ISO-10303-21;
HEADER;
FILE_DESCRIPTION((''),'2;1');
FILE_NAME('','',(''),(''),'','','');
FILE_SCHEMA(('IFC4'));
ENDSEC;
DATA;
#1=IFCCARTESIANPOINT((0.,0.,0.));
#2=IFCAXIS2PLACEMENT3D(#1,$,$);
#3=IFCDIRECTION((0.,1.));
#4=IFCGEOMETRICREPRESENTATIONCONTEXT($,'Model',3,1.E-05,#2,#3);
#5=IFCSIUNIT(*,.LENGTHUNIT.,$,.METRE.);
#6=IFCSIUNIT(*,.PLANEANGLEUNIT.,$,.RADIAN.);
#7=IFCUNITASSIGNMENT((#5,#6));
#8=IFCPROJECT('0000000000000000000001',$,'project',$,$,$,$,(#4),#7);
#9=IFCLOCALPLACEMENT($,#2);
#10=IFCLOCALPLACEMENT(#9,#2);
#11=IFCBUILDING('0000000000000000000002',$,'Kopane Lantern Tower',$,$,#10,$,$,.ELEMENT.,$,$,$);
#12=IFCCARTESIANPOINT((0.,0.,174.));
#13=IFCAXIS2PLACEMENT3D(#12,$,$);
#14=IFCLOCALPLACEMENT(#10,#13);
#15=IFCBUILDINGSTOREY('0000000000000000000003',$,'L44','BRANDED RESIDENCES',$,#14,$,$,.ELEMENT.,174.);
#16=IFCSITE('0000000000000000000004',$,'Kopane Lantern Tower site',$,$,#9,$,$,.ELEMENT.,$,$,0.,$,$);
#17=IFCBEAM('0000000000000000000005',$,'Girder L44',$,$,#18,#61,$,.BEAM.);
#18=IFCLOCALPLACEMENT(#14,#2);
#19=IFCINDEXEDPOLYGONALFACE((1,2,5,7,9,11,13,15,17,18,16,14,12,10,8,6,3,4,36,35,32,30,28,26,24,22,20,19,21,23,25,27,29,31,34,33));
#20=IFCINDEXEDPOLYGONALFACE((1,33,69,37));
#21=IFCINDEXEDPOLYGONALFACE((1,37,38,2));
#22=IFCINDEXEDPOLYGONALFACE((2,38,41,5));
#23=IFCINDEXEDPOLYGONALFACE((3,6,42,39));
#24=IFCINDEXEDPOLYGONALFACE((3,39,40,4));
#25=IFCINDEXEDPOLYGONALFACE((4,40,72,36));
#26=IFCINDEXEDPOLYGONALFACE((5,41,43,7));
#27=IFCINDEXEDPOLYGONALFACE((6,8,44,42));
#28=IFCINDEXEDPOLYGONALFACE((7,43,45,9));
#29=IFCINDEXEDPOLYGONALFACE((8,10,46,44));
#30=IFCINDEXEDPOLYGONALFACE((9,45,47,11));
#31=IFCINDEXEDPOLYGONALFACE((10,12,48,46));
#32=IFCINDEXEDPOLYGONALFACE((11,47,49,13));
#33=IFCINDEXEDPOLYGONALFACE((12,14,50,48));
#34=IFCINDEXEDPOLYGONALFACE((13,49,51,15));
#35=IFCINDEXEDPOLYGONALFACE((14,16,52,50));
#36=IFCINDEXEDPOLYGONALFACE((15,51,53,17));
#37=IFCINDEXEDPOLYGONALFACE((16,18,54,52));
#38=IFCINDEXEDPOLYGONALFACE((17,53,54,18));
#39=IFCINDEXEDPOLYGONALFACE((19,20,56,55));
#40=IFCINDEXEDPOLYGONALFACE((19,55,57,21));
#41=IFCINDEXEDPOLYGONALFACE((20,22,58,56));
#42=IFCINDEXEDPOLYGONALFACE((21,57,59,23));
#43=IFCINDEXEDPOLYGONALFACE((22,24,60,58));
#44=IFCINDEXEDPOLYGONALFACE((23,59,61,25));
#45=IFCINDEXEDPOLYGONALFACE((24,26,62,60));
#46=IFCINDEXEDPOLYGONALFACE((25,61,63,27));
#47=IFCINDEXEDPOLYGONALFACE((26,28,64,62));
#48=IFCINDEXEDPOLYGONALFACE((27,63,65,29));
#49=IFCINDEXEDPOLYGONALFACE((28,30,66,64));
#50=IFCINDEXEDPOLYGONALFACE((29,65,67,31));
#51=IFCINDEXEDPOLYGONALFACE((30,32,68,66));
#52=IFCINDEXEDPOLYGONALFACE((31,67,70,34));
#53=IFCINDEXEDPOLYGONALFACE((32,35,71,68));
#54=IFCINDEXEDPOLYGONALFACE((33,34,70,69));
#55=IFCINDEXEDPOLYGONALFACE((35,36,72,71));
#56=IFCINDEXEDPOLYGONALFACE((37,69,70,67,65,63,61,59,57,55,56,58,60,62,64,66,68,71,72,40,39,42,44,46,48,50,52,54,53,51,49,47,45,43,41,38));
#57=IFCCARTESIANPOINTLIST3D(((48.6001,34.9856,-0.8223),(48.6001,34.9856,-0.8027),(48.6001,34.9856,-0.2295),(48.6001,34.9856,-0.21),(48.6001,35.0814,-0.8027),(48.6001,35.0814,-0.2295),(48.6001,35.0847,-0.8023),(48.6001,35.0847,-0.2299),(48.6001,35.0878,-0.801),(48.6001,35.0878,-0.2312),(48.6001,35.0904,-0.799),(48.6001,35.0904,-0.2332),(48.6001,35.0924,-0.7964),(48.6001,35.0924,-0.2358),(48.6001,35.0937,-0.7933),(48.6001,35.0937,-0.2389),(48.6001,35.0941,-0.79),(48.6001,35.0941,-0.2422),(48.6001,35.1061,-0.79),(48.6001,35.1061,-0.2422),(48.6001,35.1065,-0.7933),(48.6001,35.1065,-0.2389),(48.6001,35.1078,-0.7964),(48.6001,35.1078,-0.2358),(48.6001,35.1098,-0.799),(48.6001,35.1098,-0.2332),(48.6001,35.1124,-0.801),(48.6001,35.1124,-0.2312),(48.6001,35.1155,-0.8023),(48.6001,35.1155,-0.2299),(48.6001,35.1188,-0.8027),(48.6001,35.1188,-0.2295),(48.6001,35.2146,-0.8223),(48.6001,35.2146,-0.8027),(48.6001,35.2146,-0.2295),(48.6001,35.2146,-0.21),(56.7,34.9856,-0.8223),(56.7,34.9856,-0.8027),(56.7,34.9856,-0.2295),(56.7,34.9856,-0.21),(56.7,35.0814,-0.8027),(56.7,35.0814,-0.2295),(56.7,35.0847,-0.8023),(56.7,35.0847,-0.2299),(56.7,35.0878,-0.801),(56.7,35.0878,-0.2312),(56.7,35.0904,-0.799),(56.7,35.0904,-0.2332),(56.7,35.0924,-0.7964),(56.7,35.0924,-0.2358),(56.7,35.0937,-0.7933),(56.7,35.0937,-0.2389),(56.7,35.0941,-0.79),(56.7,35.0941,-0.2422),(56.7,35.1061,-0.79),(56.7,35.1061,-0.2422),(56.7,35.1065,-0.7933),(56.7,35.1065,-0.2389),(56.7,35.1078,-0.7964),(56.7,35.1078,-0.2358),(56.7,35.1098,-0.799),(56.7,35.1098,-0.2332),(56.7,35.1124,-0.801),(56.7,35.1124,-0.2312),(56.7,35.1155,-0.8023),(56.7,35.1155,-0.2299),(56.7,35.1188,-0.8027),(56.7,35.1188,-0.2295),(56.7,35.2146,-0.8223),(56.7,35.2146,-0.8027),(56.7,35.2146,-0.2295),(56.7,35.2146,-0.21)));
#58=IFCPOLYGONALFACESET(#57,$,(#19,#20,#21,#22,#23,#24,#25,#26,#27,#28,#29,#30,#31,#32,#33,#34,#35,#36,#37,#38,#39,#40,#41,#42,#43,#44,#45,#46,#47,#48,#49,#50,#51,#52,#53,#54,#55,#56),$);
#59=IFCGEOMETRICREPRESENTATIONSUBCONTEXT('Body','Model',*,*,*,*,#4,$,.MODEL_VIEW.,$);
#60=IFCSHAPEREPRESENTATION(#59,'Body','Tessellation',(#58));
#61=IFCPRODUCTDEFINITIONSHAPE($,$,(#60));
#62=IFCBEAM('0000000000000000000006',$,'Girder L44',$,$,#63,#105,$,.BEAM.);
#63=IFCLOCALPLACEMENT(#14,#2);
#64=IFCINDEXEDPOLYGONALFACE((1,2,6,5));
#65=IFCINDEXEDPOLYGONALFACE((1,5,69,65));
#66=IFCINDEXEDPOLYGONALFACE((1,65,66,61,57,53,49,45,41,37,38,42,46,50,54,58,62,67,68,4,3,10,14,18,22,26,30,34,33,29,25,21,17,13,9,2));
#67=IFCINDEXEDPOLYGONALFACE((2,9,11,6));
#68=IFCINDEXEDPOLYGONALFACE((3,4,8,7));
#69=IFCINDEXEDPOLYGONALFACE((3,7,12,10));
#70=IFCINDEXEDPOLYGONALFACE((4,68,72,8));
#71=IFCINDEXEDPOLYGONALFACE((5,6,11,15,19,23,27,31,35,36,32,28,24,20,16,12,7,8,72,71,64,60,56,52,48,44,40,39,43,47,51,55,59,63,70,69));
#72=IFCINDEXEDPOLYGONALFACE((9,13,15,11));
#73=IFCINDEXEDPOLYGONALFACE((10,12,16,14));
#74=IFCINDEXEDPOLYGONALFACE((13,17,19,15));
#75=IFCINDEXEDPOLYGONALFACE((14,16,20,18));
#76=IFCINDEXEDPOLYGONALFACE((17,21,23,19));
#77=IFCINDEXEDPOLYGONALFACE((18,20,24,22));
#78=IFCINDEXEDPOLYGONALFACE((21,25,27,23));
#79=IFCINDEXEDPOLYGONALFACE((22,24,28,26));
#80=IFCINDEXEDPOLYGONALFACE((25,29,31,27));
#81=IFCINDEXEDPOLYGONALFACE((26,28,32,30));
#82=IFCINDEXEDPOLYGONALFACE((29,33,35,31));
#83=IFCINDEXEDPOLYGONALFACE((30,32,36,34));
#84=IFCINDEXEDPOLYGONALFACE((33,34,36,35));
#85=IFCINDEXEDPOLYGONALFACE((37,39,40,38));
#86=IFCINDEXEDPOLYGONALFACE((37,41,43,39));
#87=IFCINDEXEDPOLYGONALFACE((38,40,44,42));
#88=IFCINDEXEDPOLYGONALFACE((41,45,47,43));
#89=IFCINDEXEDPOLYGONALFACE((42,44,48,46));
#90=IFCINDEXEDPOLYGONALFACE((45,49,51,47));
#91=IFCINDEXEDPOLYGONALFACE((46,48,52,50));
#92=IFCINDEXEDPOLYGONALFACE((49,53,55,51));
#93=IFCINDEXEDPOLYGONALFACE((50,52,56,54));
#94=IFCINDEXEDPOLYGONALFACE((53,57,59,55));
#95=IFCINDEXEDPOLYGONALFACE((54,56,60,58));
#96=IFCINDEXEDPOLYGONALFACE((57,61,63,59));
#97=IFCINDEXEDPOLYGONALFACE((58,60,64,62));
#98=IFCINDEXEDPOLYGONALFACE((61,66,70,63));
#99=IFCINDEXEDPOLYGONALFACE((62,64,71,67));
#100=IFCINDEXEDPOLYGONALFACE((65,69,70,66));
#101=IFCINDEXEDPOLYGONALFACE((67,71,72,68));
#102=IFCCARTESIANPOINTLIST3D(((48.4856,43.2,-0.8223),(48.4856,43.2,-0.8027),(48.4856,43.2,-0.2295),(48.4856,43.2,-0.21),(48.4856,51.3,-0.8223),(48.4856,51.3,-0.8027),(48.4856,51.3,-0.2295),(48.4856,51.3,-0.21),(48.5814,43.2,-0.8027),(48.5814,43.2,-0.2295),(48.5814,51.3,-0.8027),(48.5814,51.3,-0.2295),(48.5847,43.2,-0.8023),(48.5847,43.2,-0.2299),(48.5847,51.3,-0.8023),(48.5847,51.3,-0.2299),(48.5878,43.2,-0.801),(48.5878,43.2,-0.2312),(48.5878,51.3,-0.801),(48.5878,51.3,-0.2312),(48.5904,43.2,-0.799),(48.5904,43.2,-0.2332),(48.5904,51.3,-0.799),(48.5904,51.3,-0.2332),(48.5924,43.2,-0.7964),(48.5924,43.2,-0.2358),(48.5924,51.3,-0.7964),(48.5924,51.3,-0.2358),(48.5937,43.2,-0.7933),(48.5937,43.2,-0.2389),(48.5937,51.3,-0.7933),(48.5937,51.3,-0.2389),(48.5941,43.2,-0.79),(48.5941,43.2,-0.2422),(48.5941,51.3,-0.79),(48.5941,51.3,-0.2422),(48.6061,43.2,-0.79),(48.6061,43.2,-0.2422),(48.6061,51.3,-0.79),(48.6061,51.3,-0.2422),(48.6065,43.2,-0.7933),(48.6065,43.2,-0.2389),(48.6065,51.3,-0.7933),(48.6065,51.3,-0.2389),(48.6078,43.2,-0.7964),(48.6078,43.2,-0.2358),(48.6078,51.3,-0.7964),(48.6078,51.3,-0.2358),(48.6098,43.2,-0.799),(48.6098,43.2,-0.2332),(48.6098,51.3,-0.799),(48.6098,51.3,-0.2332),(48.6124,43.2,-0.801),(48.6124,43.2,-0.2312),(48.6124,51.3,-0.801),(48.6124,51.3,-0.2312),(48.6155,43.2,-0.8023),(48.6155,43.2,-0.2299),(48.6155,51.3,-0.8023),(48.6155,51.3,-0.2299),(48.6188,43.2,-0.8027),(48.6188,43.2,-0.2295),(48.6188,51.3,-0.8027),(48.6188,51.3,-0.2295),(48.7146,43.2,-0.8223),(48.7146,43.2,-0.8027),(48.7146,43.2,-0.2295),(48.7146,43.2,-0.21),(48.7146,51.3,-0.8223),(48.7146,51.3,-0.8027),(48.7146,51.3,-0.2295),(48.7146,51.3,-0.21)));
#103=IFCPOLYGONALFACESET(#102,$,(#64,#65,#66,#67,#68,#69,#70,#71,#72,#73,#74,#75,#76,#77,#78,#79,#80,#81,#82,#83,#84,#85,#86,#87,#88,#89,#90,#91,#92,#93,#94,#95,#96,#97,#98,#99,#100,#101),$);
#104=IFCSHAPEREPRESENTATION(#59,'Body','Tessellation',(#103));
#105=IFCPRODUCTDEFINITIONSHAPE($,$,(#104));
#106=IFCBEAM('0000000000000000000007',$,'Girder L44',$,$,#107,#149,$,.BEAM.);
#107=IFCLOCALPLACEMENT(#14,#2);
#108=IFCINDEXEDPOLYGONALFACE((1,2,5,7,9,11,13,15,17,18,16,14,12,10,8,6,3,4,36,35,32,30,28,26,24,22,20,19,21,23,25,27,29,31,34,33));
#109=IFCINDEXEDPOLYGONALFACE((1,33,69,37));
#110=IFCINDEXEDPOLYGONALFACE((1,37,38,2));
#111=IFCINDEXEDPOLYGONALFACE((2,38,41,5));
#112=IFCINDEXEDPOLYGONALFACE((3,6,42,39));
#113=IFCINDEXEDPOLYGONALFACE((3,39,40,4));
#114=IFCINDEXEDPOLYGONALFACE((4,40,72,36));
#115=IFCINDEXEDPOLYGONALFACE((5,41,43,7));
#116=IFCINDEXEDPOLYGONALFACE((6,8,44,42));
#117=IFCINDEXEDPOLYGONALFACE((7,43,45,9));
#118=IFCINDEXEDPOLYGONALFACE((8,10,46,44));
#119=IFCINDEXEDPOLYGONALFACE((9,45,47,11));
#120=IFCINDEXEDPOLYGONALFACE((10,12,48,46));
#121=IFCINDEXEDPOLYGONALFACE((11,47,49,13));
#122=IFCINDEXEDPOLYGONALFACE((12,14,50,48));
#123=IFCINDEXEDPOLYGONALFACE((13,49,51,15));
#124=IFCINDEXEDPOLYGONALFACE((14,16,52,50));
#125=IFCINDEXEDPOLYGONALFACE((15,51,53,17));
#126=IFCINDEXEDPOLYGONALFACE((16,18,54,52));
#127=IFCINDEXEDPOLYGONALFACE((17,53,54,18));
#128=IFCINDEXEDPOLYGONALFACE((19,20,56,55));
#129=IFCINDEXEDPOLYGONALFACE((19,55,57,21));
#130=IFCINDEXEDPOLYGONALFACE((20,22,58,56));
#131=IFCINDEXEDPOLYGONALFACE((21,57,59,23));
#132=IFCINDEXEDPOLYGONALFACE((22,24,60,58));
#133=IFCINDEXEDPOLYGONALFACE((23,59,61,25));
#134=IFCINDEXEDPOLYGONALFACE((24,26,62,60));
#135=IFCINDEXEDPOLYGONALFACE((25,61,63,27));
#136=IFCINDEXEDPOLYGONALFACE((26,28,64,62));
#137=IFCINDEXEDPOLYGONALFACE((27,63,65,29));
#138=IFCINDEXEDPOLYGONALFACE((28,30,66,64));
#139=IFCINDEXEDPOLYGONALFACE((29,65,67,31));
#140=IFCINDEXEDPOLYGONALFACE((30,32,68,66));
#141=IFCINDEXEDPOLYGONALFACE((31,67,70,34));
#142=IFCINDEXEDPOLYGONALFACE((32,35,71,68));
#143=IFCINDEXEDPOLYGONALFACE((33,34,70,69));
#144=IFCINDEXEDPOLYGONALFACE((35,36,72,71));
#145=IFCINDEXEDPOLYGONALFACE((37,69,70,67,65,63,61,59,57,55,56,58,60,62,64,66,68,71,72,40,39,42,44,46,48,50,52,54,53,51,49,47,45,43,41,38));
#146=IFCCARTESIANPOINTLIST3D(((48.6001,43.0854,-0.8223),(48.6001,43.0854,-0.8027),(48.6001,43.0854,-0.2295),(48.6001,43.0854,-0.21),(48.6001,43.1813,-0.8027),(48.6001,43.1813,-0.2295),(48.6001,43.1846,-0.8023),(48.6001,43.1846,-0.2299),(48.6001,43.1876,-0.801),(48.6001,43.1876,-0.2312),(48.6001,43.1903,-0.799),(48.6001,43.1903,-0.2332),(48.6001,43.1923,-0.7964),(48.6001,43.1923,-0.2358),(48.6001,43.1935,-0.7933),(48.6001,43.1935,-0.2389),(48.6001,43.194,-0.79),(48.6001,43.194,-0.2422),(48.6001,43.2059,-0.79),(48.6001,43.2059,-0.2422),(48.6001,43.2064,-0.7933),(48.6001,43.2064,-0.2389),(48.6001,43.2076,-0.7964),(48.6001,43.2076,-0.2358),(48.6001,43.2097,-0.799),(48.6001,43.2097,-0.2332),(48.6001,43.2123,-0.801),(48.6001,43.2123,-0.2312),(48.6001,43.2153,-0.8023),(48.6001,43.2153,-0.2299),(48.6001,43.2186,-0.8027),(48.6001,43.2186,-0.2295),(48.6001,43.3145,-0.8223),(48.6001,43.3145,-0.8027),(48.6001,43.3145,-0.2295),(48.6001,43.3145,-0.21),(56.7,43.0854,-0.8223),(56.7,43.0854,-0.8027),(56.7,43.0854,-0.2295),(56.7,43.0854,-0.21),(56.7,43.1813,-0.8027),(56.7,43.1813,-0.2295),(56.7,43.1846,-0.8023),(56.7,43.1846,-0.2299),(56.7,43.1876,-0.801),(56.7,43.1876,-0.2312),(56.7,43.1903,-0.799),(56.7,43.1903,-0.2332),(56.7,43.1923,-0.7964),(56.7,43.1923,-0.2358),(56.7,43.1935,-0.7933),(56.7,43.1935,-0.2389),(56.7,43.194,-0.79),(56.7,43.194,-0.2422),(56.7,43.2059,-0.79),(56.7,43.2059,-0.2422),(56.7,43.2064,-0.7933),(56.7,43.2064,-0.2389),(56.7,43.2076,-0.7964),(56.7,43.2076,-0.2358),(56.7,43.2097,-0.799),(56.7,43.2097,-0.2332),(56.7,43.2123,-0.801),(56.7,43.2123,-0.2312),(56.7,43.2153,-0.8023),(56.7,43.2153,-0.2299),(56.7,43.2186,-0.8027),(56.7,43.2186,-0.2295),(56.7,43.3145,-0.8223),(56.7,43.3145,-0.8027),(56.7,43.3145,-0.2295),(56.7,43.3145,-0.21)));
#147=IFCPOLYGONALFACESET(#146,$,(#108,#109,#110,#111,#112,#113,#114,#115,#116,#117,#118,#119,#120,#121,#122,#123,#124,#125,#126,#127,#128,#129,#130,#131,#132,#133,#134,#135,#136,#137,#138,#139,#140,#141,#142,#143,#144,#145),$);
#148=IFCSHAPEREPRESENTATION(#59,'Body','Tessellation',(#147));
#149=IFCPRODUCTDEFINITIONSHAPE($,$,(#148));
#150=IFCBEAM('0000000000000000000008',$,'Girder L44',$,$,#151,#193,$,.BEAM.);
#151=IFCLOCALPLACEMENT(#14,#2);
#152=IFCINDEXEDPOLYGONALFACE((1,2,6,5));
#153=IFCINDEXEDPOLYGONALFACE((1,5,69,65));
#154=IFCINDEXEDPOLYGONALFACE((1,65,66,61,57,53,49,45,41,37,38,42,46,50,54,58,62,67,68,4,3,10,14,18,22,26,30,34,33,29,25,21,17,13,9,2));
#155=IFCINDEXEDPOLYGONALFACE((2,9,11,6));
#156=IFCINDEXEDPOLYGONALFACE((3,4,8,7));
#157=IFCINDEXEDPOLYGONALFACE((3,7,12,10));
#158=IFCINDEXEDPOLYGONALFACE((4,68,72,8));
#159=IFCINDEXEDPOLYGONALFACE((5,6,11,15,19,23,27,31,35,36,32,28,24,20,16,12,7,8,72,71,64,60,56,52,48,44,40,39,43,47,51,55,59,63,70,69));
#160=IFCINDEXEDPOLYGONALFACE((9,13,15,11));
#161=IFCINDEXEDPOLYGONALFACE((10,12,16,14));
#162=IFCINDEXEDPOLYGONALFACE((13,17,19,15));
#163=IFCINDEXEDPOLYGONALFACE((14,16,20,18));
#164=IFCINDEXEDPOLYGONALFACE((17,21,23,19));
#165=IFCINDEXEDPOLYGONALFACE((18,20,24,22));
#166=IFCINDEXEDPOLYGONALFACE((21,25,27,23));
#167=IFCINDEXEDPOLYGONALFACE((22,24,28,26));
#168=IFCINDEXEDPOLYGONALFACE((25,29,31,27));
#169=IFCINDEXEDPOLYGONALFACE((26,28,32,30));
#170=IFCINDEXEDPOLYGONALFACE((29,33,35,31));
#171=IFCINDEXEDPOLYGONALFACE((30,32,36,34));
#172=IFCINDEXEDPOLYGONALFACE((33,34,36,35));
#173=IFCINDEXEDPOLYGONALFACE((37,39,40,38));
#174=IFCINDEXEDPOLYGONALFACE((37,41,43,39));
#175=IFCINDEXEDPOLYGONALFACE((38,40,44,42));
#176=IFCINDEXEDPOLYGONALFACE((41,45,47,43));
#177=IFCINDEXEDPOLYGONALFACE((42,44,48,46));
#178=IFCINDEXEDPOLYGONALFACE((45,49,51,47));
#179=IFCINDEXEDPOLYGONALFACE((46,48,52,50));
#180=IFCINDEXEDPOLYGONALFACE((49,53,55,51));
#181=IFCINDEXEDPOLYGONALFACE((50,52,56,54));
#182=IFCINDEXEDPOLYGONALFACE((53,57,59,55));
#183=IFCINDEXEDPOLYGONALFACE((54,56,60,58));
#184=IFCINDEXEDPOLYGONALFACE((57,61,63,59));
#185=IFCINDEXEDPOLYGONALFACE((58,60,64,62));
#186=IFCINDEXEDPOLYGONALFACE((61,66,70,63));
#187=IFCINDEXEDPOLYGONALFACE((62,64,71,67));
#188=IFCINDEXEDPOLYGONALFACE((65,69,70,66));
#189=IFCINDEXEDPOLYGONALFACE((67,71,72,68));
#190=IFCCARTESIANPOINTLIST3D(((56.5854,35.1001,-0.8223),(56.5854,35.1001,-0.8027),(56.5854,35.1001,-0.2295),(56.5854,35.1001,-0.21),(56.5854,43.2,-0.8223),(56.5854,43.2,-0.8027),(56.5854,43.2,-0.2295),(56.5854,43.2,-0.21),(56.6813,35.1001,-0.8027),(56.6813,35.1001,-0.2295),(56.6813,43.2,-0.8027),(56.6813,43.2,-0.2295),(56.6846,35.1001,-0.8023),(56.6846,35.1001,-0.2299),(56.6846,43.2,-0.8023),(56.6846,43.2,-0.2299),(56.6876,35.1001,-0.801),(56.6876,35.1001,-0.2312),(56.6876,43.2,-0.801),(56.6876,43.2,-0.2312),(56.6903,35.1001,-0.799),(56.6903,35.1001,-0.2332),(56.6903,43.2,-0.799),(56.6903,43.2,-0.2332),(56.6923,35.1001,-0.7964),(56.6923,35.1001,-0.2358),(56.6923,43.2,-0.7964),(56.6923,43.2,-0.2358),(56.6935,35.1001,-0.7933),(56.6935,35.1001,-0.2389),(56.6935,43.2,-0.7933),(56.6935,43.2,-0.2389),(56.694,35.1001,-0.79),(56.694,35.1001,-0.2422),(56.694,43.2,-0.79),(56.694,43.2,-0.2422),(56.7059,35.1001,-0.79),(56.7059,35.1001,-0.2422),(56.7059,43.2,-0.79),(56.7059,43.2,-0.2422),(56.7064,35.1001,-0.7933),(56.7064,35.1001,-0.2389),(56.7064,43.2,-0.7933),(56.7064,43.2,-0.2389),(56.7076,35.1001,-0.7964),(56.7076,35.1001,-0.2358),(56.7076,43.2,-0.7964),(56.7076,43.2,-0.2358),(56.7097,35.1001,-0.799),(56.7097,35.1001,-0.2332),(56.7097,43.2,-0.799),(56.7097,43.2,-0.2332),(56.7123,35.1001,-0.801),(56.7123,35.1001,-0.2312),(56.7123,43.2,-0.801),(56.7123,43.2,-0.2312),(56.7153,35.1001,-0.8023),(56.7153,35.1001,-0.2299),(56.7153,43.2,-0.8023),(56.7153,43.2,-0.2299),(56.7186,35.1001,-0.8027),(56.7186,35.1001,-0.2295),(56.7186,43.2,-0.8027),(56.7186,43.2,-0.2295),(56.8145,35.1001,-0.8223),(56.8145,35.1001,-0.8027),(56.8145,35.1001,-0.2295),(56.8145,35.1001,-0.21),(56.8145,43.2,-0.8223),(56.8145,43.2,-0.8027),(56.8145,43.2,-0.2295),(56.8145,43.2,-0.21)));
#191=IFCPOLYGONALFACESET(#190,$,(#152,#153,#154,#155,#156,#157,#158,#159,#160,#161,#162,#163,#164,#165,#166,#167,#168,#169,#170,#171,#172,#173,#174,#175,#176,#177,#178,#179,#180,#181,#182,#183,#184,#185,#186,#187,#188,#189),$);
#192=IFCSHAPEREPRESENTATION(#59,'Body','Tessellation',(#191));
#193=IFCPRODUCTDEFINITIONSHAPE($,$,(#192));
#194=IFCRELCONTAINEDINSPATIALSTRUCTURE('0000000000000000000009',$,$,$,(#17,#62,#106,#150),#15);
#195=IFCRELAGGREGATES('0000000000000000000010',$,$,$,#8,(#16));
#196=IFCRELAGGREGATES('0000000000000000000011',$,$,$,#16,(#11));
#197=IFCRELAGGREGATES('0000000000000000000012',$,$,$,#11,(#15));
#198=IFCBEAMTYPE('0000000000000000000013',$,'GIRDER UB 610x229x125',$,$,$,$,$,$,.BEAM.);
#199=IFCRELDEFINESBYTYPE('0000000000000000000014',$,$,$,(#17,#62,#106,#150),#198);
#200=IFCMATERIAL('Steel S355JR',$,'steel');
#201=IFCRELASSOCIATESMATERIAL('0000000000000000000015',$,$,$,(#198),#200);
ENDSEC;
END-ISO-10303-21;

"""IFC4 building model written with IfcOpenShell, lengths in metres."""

from ifc_helpers import new_model, si_unit, direction, frame, origin, origin_2d, place, context, subcontext, project, spatial, i_section, extrude, material, material_profile, profile_set, type_object, element, save


model = new_model("IFC4")

# Units and contexts
model_context = context("Model", 3, precision=1e-05, world=origin(), true_north=direction((0.0, 1.0)))
body_context = subcontext(model_context, "Body", "Model", "MODEL_VIEW")
ifc_project = project(units=[si_unit("LENGTHUNIT", "METRE"), si_unit("PLANEANGLEUNIT", "RADIAN")], contexts=[model_context])

# Site, building, storey
site_placement = place(None, origin())
site = spatial("IfcSite", under=ifc_project, at=site_placement, Name="Kopane Lantern Tower site", CompositionType="ELEMENT", RefElevation=0.0)
building_placement = place(site_placement, origin())
building = spatial("IfcBuilding", under=site, at=building_placement, Name="Kopane Lantern Tower", CompositionType="ELEMENT")
storey_placement = place(building_placement, frame((0.0, 0.0, 174.0)))
storey = spatial("IfcBuildingStorey", under=building, at=storey_placement, Name="L44", Description="BRANDED RESIDENCES", CompositionType="ELEMENT", Elevation=174.0)

# Beams
ifc_material_1 = material(Name="Steel S355JR", Category="steel")
ifc_material_profile_1 = material_profile(ifc_material_1, i_section(OverallWidth=0.229, OverallDepth=0.6123, WebThickness=0.012, FlangeThickness=0.0195, FilletRadius=0.0127, at=origin_2d()), Name="UB 610x229x125")
ifc_profile_set_1 = profile_set([ifc_material_profile_1], Name="Steel S355JR")
beam_type = type_object("IfcBeamType", Name="GIRDER UB 610x229x125", PredefinedType="BEAM", material=ifc_profile_set_1)
for number, where, z_axis, x_axis, name in (
    (1, (48.6001, 35.1001, -0.5161), (1.0, 0.0, 0.0), (0.0, 1.0, 0.0), "Girder L44"),
):
    element("IfcBeam", number, at=place(storey_placement, frame(where, z_axis=z_axis, x_axis=x_axis)), inside=storey, type_object=beam_type, Name=name, PredefinedType="BEAM", context=body_context, shape_type="SweptSolid", body=[
        extrude(i_section(OverallWidth=0.229, OverallDepth=0.6123, WebThickness=0.012, FlangeThickness=0.0195, FilletRadius=0.0127, at=origin_2d()), origin(), (0.0, 0.0, 1.0), 8.0999),
    ])
beam_1_placement = place(storey_placement, frame((48.6001, 43.2, -0.5161), z_axis=(0.0, 1.0, 0.0), x_axis=(-1.0, 0.0, 0.0)))
element("IfcBeam", 2, at=beam_1_placement, inside=storey, type_object=beam_type, Name="Girder L44", PredefinedType="BEAM", context=body_context, shape_type="SweptSolid", body=[
    extrude(i_section(OverallWidth=0.229, OverallDepth=0.6123, WebThickness=0.012, FlangeThickness=0.0195, FilletRadius=0.0127, at=origin_2d()), origin(), (0.0, 0.0, 1.0), 8.1001),
])
for number, where, z_axis, x_axis, name in (
    (3, (48.6001, 43.2, -0.5161), (1.0, 0.0, 0.0), (0.0, 1.0, 0.0), "Girder L44"),
    (4, (56.7, 35.1001, -0.5161), (0.0, 1.0, 0.0), (-1.0, 0.0, 0.0), "Girder L44"),
):
    element("IfcBeam", number, at=place(storey_placement, frame(where, z_axis=z_axis, x_axis=x_axis)), inside=storey, type_object=beam_type, Name=name, PredefinedType="BEAM", context=body_context, shape_type="SweptSolid", body=[
        extrude(i_section(OverallWidth=0.229, OverallDepth=0.6123, WebThickness=0.012, FlangeThickness=0.0195, FilletRadius=0.0127, at=origin_2d()), origin(), (0.0, 0.0, 1.0), 8.0999),
    ])

save(model, "model.ifc")
